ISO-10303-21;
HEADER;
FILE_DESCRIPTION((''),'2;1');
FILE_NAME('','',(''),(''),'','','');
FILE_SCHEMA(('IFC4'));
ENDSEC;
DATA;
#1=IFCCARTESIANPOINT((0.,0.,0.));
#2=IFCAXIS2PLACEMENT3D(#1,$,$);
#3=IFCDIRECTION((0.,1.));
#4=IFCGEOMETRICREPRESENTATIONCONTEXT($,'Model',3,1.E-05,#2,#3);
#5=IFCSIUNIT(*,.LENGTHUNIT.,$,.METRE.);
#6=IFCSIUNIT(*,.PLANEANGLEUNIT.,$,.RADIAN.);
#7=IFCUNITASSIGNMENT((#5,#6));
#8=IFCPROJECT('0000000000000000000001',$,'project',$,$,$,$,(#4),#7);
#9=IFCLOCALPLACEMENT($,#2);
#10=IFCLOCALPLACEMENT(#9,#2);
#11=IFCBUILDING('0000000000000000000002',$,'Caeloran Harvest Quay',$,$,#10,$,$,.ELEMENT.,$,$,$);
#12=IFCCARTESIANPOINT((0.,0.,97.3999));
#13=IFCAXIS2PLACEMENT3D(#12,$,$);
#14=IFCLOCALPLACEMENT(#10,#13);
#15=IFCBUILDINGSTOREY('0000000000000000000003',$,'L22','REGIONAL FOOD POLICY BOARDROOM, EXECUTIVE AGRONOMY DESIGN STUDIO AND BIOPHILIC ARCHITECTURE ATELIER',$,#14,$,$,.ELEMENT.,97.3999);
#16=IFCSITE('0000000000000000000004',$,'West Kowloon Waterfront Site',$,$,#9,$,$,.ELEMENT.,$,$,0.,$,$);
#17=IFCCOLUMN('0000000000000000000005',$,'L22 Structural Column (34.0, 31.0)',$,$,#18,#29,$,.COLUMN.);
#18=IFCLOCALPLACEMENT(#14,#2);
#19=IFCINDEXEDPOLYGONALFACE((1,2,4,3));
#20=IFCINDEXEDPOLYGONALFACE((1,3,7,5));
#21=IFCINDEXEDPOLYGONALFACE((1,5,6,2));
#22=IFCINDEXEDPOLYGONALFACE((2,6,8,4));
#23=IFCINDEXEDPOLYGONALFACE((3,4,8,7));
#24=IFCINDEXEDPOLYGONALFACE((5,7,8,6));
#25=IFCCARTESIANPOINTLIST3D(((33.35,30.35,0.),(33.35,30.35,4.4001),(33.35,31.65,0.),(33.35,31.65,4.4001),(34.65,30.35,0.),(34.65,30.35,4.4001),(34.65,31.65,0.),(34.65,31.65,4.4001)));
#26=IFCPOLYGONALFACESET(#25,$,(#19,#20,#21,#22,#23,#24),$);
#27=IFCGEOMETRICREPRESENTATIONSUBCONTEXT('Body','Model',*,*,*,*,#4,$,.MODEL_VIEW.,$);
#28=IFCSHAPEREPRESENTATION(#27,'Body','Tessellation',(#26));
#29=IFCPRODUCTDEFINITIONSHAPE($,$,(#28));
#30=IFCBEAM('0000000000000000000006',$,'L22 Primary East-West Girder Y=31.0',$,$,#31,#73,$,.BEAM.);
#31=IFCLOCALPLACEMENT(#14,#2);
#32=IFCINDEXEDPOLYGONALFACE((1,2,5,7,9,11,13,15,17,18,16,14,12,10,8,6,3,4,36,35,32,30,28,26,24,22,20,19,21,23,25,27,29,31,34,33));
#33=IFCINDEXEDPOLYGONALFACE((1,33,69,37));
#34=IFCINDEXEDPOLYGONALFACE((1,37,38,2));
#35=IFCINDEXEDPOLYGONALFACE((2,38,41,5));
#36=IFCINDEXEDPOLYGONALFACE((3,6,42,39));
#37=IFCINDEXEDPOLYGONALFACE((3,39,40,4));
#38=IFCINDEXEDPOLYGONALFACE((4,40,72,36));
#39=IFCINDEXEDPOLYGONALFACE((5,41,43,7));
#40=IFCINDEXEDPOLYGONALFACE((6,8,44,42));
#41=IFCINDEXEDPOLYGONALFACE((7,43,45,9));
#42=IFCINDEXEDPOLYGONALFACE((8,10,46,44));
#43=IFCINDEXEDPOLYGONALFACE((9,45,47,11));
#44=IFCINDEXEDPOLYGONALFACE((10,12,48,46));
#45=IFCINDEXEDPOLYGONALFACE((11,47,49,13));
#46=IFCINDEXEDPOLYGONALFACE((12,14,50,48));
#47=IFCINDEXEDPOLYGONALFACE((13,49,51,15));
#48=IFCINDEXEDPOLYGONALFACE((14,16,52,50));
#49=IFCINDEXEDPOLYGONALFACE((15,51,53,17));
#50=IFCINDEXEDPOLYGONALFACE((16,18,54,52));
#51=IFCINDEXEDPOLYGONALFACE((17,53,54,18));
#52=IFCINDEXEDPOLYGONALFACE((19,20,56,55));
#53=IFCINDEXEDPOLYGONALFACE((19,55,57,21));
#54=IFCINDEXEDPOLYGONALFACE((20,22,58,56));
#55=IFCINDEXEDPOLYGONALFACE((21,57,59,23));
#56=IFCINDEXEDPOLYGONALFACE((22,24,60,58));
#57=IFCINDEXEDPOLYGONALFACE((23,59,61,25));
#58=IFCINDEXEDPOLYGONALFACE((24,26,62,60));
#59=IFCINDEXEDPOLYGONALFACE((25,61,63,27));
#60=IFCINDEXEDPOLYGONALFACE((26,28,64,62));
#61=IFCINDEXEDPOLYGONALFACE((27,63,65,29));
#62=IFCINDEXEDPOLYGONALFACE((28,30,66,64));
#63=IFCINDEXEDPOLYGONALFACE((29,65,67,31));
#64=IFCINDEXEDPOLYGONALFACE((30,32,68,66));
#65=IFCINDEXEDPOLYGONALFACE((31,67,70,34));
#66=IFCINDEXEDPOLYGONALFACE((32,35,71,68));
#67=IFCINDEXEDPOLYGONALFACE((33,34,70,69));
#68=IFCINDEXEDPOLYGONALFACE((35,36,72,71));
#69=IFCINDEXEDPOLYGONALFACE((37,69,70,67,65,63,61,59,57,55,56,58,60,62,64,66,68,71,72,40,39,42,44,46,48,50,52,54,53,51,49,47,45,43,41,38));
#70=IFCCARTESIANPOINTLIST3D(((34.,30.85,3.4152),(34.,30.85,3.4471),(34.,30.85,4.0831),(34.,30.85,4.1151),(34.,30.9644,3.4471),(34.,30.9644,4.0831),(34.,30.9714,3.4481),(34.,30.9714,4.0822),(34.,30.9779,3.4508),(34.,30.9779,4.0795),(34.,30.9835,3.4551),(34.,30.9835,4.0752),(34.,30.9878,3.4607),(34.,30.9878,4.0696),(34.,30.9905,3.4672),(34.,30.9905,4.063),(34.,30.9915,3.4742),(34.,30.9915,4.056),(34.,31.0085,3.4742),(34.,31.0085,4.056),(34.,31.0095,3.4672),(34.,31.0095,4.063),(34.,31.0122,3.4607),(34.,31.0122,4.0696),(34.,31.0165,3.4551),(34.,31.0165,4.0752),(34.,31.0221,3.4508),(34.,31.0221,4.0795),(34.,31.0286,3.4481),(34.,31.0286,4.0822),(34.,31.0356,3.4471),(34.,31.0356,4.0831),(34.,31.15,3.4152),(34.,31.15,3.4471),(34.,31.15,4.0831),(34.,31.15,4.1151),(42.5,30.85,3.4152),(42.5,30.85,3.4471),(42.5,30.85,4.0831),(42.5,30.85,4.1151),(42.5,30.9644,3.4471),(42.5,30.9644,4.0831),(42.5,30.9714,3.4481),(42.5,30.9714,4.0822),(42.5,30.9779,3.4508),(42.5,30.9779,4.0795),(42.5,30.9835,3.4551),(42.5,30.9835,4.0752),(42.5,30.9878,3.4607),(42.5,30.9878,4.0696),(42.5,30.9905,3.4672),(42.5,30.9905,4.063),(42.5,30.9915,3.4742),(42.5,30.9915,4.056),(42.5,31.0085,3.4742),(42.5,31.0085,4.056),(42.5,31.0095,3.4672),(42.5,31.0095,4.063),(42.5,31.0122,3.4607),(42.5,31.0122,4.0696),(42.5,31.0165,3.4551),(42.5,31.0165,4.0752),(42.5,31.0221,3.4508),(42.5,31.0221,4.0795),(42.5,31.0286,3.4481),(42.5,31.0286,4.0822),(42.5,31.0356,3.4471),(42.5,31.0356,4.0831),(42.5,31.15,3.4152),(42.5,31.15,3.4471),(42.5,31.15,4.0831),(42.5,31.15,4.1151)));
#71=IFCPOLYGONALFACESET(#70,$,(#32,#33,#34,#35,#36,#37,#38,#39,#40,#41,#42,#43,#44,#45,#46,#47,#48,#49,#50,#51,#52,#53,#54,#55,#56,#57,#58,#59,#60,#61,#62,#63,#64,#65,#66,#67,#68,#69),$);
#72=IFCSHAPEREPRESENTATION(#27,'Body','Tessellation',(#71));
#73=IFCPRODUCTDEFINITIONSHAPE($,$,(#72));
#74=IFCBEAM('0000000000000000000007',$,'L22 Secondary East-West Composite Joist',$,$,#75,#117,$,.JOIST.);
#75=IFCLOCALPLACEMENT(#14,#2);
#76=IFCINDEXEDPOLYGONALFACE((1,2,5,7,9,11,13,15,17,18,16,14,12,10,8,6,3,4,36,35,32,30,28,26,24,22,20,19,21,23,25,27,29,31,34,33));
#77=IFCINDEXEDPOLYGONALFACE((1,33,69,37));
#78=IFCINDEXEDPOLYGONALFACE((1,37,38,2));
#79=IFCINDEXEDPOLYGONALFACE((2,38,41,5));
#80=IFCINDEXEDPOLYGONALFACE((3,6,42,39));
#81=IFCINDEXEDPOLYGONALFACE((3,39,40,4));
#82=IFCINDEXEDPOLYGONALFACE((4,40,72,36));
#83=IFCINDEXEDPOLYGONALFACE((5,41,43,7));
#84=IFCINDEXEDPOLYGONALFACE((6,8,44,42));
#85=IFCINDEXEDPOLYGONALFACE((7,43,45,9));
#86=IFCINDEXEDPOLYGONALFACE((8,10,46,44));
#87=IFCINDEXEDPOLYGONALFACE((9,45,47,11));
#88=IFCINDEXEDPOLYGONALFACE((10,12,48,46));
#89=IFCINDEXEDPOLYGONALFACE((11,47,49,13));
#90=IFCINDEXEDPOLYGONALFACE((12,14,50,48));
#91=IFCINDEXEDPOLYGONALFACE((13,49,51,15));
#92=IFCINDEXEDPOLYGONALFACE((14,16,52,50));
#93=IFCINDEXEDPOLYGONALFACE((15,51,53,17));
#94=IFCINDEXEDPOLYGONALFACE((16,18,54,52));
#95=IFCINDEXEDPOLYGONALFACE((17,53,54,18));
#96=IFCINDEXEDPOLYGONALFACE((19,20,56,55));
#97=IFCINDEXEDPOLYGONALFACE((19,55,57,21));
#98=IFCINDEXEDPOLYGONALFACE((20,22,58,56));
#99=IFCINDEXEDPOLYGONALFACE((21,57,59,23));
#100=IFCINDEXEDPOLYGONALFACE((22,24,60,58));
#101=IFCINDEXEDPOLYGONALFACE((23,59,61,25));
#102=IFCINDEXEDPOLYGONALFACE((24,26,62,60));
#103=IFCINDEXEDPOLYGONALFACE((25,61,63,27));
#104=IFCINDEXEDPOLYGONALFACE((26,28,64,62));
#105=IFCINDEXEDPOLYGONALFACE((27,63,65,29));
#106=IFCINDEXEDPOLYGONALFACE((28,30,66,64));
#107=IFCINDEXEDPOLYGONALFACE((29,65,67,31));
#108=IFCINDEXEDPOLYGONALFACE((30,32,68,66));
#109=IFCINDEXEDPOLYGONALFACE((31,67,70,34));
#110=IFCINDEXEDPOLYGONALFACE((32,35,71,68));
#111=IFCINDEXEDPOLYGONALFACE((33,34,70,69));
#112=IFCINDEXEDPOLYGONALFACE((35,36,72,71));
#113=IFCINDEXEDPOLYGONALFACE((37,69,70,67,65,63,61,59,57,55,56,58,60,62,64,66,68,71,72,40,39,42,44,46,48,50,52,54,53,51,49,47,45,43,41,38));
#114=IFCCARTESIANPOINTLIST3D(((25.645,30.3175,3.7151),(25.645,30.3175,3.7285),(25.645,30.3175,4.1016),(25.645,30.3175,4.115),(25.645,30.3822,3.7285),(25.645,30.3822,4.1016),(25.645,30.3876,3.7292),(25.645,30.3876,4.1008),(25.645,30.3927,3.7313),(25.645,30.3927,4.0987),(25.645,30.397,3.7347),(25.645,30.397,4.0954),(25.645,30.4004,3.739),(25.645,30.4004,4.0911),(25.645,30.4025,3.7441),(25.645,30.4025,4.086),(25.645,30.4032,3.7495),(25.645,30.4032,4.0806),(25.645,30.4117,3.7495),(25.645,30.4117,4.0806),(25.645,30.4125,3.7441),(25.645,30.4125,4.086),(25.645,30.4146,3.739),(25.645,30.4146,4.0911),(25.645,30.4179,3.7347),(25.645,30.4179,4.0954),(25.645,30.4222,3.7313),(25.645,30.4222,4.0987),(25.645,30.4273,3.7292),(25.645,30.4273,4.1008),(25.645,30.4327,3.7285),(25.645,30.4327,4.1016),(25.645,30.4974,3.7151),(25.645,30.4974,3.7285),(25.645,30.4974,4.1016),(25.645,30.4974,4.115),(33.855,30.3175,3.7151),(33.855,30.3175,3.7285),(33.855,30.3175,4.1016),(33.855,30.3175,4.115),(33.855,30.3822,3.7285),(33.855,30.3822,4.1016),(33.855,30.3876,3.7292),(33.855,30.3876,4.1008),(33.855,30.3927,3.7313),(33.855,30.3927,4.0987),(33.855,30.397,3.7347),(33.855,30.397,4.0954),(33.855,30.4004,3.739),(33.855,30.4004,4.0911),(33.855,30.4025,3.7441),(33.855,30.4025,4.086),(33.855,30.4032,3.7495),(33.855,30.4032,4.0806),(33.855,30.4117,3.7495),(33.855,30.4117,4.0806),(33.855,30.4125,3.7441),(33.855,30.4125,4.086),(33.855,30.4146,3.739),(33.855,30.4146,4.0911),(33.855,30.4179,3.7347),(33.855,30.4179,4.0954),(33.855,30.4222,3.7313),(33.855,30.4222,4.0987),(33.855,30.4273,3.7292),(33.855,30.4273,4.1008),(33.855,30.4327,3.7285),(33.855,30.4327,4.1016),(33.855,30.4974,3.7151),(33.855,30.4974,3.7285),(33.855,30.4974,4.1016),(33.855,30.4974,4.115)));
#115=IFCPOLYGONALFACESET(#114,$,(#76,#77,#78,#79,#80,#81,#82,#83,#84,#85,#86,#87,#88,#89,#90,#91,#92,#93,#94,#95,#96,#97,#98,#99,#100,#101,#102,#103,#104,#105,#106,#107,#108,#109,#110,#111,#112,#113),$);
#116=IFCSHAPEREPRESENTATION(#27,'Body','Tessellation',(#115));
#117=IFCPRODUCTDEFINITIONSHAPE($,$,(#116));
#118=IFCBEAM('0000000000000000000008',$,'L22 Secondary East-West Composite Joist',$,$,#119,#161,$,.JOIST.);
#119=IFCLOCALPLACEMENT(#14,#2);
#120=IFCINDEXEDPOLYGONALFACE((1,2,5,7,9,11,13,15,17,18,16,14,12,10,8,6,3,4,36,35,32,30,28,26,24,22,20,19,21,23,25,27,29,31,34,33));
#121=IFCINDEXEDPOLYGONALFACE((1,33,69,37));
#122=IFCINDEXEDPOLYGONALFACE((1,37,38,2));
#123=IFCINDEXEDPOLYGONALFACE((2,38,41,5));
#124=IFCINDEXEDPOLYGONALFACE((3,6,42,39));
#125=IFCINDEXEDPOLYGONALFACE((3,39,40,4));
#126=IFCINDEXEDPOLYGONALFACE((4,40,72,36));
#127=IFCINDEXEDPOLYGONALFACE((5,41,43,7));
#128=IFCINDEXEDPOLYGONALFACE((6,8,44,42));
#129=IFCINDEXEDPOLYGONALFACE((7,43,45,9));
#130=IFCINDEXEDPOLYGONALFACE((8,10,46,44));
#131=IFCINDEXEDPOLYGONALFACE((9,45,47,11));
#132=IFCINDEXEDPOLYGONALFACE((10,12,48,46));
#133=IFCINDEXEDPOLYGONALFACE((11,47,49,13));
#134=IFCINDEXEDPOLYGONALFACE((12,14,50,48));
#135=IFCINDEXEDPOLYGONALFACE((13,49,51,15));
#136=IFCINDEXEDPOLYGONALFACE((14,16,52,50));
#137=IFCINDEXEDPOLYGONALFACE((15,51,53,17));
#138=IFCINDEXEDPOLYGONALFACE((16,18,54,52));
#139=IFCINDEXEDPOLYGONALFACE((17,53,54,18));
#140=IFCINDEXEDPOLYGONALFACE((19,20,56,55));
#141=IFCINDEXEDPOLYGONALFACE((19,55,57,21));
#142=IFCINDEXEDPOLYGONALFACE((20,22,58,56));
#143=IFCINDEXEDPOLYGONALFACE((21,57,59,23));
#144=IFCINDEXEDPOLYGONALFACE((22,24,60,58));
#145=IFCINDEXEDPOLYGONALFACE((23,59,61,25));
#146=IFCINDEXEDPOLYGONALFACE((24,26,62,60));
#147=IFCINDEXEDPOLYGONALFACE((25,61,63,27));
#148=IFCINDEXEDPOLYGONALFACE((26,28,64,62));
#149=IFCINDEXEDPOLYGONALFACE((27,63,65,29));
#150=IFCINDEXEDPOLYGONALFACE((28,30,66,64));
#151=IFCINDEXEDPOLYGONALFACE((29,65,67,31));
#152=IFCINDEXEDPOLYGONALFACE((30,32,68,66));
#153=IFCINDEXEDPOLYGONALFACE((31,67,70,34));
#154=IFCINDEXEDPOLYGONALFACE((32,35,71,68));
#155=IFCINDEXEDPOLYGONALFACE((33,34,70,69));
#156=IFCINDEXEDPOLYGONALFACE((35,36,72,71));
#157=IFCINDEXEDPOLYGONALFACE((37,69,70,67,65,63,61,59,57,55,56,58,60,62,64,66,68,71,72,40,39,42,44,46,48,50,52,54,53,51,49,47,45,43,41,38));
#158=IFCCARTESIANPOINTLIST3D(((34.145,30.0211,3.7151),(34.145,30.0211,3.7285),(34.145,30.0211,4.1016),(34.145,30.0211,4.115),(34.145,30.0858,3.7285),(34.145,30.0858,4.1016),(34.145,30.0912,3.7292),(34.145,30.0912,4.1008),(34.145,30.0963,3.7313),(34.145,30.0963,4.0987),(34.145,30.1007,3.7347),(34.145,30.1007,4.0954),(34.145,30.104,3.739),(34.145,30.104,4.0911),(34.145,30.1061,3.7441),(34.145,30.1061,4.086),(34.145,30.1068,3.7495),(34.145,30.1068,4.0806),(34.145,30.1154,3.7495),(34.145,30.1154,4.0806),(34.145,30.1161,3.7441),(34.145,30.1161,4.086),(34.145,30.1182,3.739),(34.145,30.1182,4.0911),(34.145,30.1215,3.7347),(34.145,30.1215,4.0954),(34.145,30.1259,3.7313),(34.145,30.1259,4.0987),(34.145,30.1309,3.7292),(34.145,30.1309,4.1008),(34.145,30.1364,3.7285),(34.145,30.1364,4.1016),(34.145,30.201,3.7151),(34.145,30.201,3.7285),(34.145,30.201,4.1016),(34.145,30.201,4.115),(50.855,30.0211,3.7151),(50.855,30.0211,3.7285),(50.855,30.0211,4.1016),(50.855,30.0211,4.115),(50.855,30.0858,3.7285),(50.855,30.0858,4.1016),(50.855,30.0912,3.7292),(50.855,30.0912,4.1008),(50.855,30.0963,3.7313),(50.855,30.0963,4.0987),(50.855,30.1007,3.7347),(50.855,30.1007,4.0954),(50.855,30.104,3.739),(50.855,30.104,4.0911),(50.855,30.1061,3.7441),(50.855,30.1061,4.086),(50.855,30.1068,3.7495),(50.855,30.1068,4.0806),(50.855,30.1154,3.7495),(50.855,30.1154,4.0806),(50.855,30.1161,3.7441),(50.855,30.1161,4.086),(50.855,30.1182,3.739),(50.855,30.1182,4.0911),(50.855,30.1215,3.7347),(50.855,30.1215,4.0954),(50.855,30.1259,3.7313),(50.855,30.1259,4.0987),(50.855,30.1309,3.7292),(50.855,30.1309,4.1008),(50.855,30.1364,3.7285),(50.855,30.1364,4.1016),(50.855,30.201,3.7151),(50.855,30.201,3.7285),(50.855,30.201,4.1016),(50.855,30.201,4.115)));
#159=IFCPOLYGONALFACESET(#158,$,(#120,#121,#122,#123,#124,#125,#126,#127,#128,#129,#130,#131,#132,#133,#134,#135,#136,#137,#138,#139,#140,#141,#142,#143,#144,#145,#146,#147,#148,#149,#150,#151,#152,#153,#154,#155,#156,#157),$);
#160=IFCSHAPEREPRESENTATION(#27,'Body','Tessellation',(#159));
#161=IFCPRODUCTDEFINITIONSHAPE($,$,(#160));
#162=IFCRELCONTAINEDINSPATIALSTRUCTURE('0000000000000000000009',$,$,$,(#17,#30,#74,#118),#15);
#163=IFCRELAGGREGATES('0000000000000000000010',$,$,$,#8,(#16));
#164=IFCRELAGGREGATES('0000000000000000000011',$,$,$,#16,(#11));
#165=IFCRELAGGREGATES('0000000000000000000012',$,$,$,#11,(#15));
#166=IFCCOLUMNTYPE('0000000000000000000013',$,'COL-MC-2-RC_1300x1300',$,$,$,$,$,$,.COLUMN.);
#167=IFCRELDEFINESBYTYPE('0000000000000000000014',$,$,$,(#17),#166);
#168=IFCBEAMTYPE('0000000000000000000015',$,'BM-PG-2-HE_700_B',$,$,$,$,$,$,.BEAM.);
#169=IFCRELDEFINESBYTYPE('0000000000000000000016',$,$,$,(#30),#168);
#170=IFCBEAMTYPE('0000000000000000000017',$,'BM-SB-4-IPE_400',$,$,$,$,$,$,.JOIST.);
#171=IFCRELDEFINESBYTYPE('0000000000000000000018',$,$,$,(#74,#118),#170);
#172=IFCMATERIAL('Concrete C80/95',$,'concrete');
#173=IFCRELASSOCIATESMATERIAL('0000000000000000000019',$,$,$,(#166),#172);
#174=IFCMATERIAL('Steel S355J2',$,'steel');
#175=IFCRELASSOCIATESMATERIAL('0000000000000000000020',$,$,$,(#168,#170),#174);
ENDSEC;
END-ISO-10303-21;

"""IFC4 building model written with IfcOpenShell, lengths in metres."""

from ifc_helpers import new_model, si_unit, direction, frame, origin, origin_2d, place, context, subcontext, project, spatial, rectangle, i_section, extrude, material, material_profile, profile_set, type_object, element, save


model = new_model("IFC4")

# Units and contexts
model_context = context("Model", 3, precision=1e-05, world=origin(), true_north=direction((0.0, 1.0)))
body_context = subcontext(model_context, "Body", "Model", "MODEL_VIEW")
ifc_project = project(units=[si_unit("LENGTHUNIT", "METRE"), si_unit("PLANEANGLEUNIT", "RADIAN")], contexts=[model_context])

# Site, building, storey
site_placement = place(None, origin())
site = spatial("IfcSite", under=ifc_project, at=site_placement, Name="West Kowloon Waterfront Site", CompositionType="ELEMENT", RefElevation=0.0)
building_placement = place(site_placement, origin())
building = spatial("IfcBuilding", under=site, at=building_placement, Name="Caeloran Harvest Quay", CompositionType="ELEMENT")
storey_placement = place(building_placement, frame((0.0, 0.0, 97.3999)))
storey = spatial("IfcBuildingStorey", under=building, at=storey_placement, Name="L22", Description="REGIONAL FOOD POLICY BOARDROOM, EXECUTIVE AGRONOMY DESIGN STUDIO AND BIOPHILIC ARCHITECTURE ATELIER", CompositionType="ELEMENT", Elevation=97.3999)

# Column
ifc_material_1 = material(Name="Concrete C80/95", Category="concrete")
ifc_material_profile_1 = material_profile(ifc_material_1, rectangle(XDim=1.3, YDim=1.3, at=origin_2d()), Name="RC 1300x1300")
ifc_profile_set_1 = profile_set([ifc_material_profile_1], Name="Concrete C80/95")
column_type = type_object("IfcColumnType", Name="COL-MC-2-RC_1300x1300", PredefinedType="COLUMN", material=ifc_profile_set_1)
column_placement = place(storey_placement, frame((34.0, 31.0, 0.0), z_axis=(0.0, 0.0, 1.0), x_axis=(1.0, 0.0, 0.0)))
element("IfcColumn", 1, at=column_placement, inside=storey, type_object=column_type, Name="L22 Structural Column (34.0, 31.0)", PredefinedType="COLUMN", context=body_context, shape_type="SweptSolid", body=[
    extrude(rectangle(XDim=1.3, YDim=1.3, at=origin_2d()), origin(), (0.0, 0.0, 1.0), 4.4001),
])

# Beams
ifc_material_2 = material(Name="Steel S355J2", Category="steel")
ifc_material_profile_2 = material_profile(ifc_material_2, i_section(OverallWidth=0.3, OverallDepth=0.7, WebThickness=0.0171, FlangeThickness=0.032, FilletRadius=0.0271, at=origin_2d()), Name="HE 700 B")
ifc_profile_set_2 = profile_set([ifc_material_profile_2], Name="Steel S355J2")
beam_type_1 = type_object("IfcBeamType", Name="BM-PG-2-HE_700_B", PredefinedType="BEAM", material=ifc_profile_set_2)
beam_1_placement = place(storey_placement, frame((34.0, 31.0, 3.7651), z_axis=(1.0, 0.0, 0.0), x_axis=(0.0, 1.0, 0.0)))
element("IfcBeam", 2, at=beam_1_placement, inside=storey, type_object=beam_type_1, Name="L22 Primary East-West Girder Y=31.0", PredefinedType="BEAM", context=body_context, shape_type="SweptSolid", body=[
    extrude(i_section(OverallWidth=0.3, OverallDepth=0.7, WebThickness=0.0171, FlangeThickness=0.032, FilletRadius=0.0271, at=origin_2d()), origin(), (0.0, 0.0, 1.0), 8.5),
])
ifc_material_profile_3 = material_profile(ifc_material_2, i_section(OverallWidth=0.1799, OverallDepth=0.3999, WebThickness=0.0085, FlangeThickness=0.0134, FilletRadius=0.021, at=origin_2d()), Name="IPE 400")
ifc_profile_set_3 = profile_set([ifc_material_profile_3], Name="Steel S355J2")
beam_type_2 = type_object("IfcBeamType", Name="BM-SB-4-IPE_400", PredefinedType="JOIST", material=ifc_profile_set_3)
beam_2_placement = place(storey_placement, frame((25.645, 30.4075, 3.915), z_axis=(1.0, 0.0, 0.0), x_axis=(0.0, 1.0, 0.0)))
element("IfcBeam", 3, at=beam_2_placement, inside=storey, type_object=beam_type_2, Name="L22 Secondary East-West Composite Joist", PredefinedType="JOIST", context=body_context, shape_type="SweptSolid", body=[
    extrude(i_section(OverallWidth=0.1799, OverallDepth=0.3999, WebThickness=0.0085, FlangeThickness=0.0134, FilletRadius=0.021, at=origin_2d()), origin(), (0.0, 0.0, 1.0), 8.21),
])
for number, where, z_axis, x_axis, name in (
    (4, (34.145, 30.1111, 3.915), (1.0, 0.0, 0.0), (0.0, 1.0, 0.0), "L22 Secondary East-West Composite Joist"),
):
    element("IfcBeam", number, at=place(storey_placement, frame(where, z_axis=z_axis, x_axis=x_axis)), inside=storey, type_object=beam_type_2, Name=name, PredefinedType="JOIST", context=body_context, shape_type="SweptSolid", body=[
        extrude(i_section(OverallWidth=0.1799, OverallDepth=0.3999, WebThickness=0.0085, FlangeThickness=0.0134, FilletRadius=0.021, at=origin_2d()), origin(), (0.0, 0.0, 1.0), 16.71),
    ])

save(model, "model.ifc")
